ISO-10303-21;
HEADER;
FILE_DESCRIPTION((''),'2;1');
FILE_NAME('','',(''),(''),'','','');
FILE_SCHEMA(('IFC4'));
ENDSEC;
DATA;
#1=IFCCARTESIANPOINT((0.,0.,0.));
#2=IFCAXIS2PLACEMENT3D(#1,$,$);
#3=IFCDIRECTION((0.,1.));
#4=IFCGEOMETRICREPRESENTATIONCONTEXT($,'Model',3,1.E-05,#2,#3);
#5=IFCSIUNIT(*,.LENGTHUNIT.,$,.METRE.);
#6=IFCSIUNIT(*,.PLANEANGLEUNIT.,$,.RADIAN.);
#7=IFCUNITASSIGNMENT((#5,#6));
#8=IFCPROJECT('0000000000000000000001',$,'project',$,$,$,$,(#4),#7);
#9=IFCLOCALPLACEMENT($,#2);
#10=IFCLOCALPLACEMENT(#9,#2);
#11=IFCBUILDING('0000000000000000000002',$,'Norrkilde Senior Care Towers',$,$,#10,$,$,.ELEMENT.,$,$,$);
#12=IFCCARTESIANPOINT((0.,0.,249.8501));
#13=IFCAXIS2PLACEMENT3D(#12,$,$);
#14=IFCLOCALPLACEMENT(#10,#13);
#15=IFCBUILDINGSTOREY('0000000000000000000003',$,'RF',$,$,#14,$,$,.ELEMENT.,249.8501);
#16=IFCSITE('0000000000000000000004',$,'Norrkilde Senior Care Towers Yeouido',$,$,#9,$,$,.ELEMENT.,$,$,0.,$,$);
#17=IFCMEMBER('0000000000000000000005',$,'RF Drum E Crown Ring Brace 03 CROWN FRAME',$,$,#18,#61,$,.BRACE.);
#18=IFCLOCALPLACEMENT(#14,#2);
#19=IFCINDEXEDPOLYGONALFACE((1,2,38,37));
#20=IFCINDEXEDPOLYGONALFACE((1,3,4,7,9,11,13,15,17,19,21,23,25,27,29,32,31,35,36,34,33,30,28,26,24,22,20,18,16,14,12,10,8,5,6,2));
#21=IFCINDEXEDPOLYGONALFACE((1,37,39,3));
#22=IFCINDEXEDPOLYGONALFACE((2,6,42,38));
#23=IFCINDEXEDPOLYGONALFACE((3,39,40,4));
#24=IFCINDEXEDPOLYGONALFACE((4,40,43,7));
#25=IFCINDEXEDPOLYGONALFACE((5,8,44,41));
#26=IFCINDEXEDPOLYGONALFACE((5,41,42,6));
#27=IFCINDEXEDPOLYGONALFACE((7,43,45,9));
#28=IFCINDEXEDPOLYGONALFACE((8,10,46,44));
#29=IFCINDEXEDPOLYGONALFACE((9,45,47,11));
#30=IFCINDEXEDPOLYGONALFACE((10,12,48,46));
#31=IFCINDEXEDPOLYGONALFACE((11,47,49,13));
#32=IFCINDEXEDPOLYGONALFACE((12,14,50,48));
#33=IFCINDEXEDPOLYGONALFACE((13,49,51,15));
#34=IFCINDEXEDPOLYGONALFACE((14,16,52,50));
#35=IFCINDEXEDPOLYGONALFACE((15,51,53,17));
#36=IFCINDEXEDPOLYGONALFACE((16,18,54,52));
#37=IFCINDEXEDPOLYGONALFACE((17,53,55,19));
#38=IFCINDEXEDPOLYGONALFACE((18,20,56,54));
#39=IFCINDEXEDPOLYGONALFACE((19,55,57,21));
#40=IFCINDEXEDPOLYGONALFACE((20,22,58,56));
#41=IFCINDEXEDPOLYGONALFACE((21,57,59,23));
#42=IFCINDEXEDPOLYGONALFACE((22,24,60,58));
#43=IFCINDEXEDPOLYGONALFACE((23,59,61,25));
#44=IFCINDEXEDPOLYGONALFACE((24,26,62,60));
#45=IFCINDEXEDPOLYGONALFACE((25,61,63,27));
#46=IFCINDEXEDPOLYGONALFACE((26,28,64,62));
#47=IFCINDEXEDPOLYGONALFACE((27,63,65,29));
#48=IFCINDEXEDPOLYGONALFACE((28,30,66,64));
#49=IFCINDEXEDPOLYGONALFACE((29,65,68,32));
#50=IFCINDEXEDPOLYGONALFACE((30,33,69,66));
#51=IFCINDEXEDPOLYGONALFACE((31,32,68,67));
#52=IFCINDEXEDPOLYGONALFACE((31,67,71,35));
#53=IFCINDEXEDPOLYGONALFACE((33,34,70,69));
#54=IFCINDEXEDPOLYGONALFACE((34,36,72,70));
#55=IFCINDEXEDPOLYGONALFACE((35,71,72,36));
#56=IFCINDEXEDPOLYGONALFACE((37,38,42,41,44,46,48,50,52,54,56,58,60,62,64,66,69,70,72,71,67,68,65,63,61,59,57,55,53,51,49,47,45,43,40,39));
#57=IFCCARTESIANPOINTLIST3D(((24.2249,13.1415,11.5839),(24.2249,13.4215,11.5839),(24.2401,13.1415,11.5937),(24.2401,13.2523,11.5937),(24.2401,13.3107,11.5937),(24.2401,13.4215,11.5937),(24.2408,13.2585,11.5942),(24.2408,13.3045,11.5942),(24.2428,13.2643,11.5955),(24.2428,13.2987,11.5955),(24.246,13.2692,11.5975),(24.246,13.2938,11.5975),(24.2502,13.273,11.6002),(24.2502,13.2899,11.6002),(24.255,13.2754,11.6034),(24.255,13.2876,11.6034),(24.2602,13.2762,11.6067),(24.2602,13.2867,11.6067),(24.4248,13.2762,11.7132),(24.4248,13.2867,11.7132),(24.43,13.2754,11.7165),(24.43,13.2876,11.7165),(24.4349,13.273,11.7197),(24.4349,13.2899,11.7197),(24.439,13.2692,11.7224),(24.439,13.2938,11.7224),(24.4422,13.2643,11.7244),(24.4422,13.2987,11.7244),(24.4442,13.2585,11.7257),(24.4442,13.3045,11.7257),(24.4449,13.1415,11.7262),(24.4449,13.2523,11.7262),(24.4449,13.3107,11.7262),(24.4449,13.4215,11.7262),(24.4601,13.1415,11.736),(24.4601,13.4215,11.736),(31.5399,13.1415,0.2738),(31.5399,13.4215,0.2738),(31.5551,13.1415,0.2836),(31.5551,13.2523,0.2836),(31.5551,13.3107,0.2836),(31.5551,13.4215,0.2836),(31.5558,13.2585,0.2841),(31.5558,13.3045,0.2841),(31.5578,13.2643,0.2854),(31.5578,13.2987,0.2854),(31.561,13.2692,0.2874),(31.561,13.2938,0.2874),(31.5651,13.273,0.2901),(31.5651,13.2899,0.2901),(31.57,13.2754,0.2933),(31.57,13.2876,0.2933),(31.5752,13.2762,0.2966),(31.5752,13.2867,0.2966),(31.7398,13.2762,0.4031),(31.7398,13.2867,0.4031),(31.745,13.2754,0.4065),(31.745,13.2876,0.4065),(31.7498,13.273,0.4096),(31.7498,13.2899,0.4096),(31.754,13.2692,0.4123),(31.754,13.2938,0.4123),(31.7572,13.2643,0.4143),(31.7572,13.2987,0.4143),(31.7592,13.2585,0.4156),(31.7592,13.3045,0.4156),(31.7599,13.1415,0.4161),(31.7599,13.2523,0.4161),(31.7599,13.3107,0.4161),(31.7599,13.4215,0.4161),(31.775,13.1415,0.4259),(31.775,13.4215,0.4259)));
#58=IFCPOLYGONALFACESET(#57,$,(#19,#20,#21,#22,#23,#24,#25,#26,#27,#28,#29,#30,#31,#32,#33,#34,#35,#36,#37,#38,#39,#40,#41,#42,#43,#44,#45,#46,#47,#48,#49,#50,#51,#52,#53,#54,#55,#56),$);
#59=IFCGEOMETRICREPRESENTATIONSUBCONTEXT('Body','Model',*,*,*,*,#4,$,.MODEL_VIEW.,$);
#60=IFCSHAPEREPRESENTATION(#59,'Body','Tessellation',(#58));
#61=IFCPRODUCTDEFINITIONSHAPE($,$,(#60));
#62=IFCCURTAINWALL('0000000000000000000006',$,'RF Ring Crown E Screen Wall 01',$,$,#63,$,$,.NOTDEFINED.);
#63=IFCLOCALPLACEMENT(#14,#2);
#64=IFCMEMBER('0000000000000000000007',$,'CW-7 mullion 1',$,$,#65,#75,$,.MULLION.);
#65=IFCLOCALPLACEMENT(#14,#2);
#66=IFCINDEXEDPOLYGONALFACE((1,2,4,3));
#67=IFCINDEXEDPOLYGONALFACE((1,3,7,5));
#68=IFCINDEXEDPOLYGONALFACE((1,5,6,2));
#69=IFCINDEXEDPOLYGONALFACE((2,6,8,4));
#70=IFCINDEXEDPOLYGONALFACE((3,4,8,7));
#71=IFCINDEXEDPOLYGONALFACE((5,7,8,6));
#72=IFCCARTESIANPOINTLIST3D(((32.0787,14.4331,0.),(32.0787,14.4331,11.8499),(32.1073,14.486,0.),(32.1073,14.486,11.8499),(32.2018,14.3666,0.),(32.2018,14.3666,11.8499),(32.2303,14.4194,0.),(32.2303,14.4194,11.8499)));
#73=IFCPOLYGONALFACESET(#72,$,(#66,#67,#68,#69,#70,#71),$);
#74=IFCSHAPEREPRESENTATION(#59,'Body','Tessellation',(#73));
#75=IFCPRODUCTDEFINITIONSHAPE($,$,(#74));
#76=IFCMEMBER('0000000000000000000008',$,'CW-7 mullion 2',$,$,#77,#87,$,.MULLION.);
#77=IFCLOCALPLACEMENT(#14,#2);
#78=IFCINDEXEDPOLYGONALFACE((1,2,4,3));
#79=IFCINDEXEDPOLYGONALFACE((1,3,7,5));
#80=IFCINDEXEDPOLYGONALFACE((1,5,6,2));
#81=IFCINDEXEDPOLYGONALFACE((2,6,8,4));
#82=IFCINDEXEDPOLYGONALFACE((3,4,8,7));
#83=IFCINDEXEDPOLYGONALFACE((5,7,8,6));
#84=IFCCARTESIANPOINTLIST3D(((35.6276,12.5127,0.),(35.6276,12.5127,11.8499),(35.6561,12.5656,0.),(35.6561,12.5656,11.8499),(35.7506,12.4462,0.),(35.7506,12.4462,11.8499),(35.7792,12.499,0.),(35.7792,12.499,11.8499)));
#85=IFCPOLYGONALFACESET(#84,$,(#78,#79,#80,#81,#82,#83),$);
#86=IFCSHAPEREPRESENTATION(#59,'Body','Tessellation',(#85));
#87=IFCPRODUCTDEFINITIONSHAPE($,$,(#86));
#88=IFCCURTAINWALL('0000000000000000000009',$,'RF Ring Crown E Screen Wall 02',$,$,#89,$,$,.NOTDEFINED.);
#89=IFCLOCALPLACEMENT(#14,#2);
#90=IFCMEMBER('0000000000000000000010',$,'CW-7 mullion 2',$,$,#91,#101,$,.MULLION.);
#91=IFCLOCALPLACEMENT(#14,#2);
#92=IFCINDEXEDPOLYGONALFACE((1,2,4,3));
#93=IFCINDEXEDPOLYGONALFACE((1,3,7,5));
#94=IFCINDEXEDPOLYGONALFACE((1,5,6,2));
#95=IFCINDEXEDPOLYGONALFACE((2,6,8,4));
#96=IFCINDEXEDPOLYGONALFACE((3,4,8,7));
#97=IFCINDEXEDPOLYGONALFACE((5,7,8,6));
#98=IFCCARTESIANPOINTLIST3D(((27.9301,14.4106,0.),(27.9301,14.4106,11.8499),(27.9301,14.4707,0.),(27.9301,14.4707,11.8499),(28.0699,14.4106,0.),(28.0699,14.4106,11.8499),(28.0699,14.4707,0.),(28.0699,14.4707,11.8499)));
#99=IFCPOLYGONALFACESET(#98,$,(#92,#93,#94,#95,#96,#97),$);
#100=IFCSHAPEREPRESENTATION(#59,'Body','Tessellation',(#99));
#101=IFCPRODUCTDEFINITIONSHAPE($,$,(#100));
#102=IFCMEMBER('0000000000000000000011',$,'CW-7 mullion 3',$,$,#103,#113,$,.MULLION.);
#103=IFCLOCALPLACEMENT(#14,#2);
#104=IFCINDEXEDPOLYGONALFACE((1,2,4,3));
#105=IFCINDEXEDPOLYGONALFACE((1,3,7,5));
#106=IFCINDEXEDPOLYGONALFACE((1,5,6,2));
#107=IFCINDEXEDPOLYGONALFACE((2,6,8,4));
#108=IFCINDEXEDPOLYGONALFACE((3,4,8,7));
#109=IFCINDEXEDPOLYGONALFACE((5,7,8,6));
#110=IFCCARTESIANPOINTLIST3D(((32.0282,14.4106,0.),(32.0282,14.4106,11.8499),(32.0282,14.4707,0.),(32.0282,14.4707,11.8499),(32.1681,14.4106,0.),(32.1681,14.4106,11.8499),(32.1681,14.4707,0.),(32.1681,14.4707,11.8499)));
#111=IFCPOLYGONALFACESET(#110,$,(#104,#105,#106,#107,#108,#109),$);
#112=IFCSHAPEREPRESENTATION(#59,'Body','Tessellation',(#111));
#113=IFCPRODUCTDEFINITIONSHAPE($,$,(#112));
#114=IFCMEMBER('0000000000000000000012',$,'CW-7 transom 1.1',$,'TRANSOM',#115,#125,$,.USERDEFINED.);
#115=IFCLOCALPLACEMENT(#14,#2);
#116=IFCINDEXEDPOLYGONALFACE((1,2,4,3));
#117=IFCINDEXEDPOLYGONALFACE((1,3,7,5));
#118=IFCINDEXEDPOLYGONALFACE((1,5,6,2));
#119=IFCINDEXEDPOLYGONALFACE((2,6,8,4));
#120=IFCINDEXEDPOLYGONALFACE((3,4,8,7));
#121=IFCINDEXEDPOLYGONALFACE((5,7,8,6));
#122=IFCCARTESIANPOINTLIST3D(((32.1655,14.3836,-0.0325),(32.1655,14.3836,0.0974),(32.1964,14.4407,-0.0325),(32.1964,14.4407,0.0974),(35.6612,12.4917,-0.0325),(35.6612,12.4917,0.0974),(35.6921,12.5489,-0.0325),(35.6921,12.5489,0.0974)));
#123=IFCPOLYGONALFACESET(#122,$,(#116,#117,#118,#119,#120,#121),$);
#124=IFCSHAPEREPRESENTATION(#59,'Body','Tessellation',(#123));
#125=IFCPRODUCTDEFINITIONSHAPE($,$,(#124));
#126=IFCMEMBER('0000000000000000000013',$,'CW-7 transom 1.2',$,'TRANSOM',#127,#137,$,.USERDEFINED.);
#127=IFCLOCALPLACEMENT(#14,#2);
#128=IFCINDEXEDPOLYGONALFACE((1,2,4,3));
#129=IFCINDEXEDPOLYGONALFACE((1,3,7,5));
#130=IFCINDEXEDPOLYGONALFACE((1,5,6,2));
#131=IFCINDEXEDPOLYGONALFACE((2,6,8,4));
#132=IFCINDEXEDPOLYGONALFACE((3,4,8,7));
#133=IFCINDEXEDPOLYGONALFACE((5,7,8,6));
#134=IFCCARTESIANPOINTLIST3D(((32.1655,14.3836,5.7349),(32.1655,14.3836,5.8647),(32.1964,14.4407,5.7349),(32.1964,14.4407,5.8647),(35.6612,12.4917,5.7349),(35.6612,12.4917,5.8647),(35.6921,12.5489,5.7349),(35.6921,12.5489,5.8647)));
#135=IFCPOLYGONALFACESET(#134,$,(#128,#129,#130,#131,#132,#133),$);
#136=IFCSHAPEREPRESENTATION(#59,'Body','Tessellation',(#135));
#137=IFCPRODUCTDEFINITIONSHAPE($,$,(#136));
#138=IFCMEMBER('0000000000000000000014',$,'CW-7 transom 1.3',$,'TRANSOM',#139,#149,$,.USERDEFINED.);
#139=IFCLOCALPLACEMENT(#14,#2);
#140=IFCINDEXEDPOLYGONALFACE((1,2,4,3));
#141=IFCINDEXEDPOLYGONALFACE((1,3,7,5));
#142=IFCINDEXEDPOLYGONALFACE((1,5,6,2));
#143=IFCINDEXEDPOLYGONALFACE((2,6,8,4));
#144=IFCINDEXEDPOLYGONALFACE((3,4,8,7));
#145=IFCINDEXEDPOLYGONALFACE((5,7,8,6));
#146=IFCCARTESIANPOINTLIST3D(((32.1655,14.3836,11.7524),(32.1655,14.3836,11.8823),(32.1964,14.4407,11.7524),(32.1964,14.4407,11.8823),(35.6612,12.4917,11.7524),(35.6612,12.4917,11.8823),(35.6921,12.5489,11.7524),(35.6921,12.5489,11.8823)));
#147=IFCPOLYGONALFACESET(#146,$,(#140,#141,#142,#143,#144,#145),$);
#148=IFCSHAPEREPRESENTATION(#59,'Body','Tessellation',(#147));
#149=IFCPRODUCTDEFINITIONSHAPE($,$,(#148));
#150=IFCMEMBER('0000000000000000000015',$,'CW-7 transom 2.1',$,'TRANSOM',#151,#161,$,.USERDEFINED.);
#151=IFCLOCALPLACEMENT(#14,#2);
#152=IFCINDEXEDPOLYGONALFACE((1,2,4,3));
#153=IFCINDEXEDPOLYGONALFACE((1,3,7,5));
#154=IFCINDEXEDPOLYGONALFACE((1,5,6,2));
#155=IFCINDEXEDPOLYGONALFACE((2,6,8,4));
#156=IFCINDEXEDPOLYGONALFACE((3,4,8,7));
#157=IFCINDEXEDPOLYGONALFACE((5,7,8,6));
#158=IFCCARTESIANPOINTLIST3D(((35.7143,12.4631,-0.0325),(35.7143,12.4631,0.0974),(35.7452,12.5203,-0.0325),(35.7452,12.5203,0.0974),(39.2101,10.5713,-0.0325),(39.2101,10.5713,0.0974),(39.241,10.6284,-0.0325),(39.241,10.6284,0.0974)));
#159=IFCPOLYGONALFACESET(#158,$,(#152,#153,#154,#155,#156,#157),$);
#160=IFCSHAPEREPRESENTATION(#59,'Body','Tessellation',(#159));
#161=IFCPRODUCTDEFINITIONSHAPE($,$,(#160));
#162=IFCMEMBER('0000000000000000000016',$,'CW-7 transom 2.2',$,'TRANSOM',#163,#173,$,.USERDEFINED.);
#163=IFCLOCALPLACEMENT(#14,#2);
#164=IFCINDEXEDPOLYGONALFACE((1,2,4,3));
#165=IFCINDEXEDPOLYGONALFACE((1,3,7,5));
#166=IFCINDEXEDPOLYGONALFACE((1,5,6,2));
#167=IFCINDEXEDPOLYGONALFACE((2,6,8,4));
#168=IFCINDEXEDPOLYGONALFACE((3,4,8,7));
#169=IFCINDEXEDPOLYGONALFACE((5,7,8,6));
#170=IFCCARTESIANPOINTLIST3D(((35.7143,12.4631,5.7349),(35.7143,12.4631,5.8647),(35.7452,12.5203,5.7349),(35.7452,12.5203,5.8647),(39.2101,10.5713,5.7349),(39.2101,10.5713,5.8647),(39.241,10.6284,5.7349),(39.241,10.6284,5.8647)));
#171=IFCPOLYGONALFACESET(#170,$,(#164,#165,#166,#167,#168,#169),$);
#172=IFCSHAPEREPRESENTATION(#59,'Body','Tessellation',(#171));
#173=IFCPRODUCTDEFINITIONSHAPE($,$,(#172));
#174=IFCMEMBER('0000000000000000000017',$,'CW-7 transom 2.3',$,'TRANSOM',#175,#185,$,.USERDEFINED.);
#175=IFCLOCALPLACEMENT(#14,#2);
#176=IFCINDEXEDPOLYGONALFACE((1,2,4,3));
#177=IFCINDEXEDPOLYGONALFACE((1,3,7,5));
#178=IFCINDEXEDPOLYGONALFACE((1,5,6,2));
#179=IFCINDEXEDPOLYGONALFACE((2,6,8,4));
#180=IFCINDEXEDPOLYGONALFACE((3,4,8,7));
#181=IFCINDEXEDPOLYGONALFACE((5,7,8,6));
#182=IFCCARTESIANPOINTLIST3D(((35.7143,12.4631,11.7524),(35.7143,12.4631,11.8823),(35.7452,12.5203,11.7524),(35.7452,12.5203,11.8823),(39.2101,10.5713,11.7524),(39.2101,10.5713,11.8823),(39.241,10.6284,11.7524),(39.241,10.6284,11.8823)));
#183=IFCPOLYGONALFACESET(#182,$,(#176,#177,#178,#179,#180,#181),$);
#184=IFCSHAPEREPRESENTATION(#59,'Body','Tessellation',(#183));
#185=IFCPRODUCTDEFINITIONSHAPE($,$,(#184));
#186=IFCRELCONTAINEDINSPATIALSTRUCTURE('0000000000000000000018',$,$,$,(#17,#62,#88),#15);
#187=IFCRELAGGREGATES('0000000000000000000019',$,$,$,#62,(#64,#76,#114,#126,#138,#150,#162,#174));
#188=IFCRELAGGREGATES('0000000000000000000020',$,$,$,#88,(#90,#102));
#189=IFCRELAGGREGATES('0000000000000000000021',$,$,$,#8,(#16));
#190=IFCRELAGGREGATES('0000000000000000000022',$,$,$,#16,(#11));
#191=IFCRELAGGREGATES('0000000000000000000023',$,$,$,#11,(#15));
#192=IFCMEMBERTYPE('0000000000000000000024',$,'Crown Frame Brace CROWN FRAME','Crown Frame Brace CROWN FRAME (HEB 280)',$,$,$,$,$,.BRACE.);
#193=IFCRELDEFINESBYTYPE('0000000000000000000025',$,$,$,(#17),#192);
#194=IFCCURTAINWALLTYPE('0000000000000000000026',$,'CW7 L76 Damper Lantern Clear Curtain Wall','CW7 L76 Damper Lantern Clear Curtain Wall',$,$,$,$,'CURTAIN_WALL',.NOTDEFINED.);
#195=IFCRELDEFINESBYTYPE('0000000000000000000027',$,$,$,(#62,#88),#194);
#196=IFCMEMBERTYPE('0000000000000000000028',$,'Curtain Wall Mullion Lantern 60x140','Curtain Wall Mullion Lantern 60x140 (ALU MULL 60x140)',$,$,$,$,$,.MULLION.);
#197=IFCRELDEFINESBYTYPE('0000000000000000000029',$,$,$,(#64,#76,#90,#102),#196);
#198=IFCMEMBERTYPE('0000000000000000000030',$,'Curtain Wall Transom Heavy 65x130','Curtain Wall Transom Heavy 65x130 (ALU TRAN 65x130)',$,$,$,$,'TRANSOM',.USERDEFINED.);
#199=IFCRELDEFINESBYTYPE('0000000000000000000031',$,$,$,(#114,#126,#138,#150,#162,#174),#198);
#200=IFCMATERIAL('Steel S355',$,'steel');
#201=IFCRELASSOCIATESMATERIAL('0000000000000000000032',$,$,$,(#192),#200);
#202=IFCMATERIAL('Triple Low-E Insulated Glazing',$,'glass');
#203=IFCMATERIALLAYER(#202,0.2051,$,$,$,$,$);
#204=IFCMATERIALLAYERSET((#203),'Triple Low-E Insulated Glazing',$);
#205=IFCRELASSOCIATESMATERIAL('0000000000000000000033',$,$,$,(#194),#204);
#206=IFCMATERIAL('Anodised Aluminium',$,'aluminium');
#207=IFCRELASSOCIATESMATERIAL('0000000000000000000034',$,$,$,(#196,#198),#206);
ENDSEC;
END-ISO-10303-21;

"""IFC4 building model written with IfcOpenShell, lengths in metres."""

from ifc_helpers import new_model, si_unit, direction, frame, origin, origin_2d, place, context, subcontext, project, spatial, rectangle, i_section, extrude, source, transform, mapped, material, layer, layer_set, material_profile, profile_set, type_object, type_shapes, element, aggregate, save


model = new_model("IFC4")

# Units and contexts
model_context = context("Model", 3, precision=1e-05, world=origin(), true_north=direction((0.0, 1.0)))
body_context = subcontext(model_context, "Body", "Model", "MODEL_VIEW")
ifc_project = project(units=[si_unit("LENGTHUNIT", "METRE"), si_unit("PLANEANGLEUNIT", "RADIAN")], contexts=[model_context])

# Site, building, storey
site_placement = place(None, origin())
site = spatial("IfcSite", under=ifc_project, at=site_placement, Name="Norrkilde Senior Care Towers Yeouido", CompositionType="ELEMENT", RefElevation=0.0)
building_placement = place(site_placement, origin())
building = spatial("IfcBuilding", under=site, at=building_placement, Name="Norrkilde Senior Care Towers", CompositionType="ELEMENT")
storey_placement = place(building_placement, frame((0.0, 0.0, 249.8501)))
storey = spatial("IfcBuildingStorey", under=building, at=storey_placement, Name="RF", CompositionType="ELEMENT", Elevation=249.8501)

# Shared definitions
ifc_material_1 = material(Name="Steel S355", Category="steel")

# Member
ifc_material_profile_1 = material_profile(ifc_material_1, i_section(OverallWidth=0.28, OverallDepth=0.28, WebThickness=0.0105, FlangeThickness=0.0181, FilletRadius=0.0239, at=origin_2d()), Name="HEB 280")
ifc_profile_set_1 = profile_set([ifc_material_profile_1], Name="Steel S355")
member_type_1 = type_object("IfcMemberType", Name="Crown Frame Brace CROWN FRAME", Description="Crown Frame Brace CROWN FRAME (HEB 280)", PredefinedType="BRACE", material=ifc_profile_set_1)
shared_shape_1 = source(origin(), body_context, "Body", "SweptSolid", [
    extrude(i_section(OverallWidth=0.28, OverallDepth=0.28, WebThickness=0.0105, FlangeThickness=0.0181, FilletRadius=0.0239, at=origin_2d()), origin(), (0.0, 0.0, 1.0), 13.4695),
])
type_shapes(member_type_1, [shared_shape_1])
member_1_placement = place(storey_placement, frame((31.6575, 13.2815, 0.3499), z_axis=(-0.543077, 0.0, 0.839683), x_axis=(0.0, -1.0, 0.0)))
element("IfcMember", 1, at=member_1_placement, inside=storey, type_object=member_type_1, Name="RF Drum E Crown Ring Brace 03 CROWN FRAME", PredefinedType="BRACE", context=body_context, shape_type="MappedRepresentation", body=[
    mapped(shared_shape_1, transform((0.0, 0.0, 0.0), x_axis=(1.0, 0.0, 0.0), y_axis=(0.0, 1.0, 0.0), z_axis=(0.0, 0.0, 1.0), scale=1.0)),
])

# Curtain walls, members
ifc_material_2 = material(Name="Triple Low-E Insulated Glazing", Category="glass")
ifc_layer_1 = layer(ifc_material_2, 0.2051)
ifc_layer_set_1 = layer_set([ifc_layer_1], Name="Triple Low-E Insulated Glazing")
curtain_wall_type = type_object("IfcCurtainWallType", Name="CW7 L76 Damper Lantern Clear Curtain Wall", Description="CW7 L76 Damper Lantern Clear Curtain Wall", ElementType="CURTAIN_WALL", PredefinedType="NOTDEFINED", material=ifc_layer_set_1)
curtain_wall_1_placement = place(storey_placement, origin())
curtain_wall_1 = element("IfcCurtainWall", 2, at=curtain_wall_1_placement, inside=storey, type_object=curtain_wall_type, Name="RF Ring Crown E Screen Wall 01", PredefinedType="NOTDEFINED")
ifc_material_3 = material(Name="Anodised Aluminium", Category="aluminium")
ifc_material_profile_2 = material_profile(ifc_material_3, rectangle(XDim=0.0601, YDim=0.1399, at=origin_2d()), Name="ALU MULL 60x140")
ifc_profile_set_2 = profile_set([ifc_material_profile_2], Name="Anodised Aluminium")
member_type_2 = type_object("IfcMemberType", Name="Curtain Wall Mullion Lantern 60x140", Description="Curtain Wall Mullion Lantern 60x140 (ALU MULL 60x140)", PredefinedType="MULLION", material=ifc_profile_set_2)
shared_shape_2 = source(origin(), body_context, "Body", "SweptSolid", [
    extrude(rectangle(XDim=0.0601, YDim=0.1399, at=origin_2d()), origin(), (0.0, 0.0, 1.0), 11.8499),
])
type_shapes(member_type_2, [shared_shape_2])
member_2_placement = place(storey_placement, frame((32.1545, 14.4263, 0.0), z_axis=(0.0, 0.0, 1.0), x_axis=(0.475934, 0.879481, 0.0)))
member_2 = element("IfcMember", 3, at=member_2_placement, type_object=member_type_2, Name="CW-7 mullion 1", PredefinedType="MULLION", context=body_context, shape_type="MappedRepresentation", body=[
    mapped(shared_shape_2, transform((0.0, 0.0, 0.0), x_axis=(1.0, 0.0, 0.0), y_axis=(0.0, 1.0, 0.0), z_axis=(0.0, 0.0, 1.0), scale=1.0)),
])
member_3_placement = place(storey_placement, frame((35.7034, 12.5059, 0.0), z_axis=(0.0, 0.0, 1.0), x_axis=(0.475934, 0.879481, 0.0)))
member_3 = element("IfcMember", 4, at=member_3_placement, type_object=member_type_2, Name="CW-7 mullion 2", PredefinedType="MULLION", context=body_context, shape_type="MappedRepresentation", body=[
    mapped(shared_shape_2, transform((0.0, 0.0, 0.0), x_axis=(1.0, 0.0, 0.0), y_axis=(0.0, 1.0, 0.0), z_axis=(0.0, 0.0, 1.0), scale=1.0)),
])
curtain_wall_2_placement = place(storey_placement, origin())
curtain_wall_2 = element("IfcCurtainWall", 5, at=curtain_wall_2_placement, inside=storey, type_object=curtain_wall_type, Name="RF Ring Crown E Screen Wall 02", PredefinedType="NOTDEFINED")
member_4_placement = place(storey_placement, frame((28.0, 14.4407, 0.0), z_axis=(0.0, 0.0, 1.0), x_axis=(0.0, 1.0, 0.0)))
member_4 = element("IfcMember", 6, at=member_4_placement, type_object=member_type_2, Name="CW-7 mullion 2", PredefinedType="MULLION", context=body_context, shape_type="MappedRepresentation", body=[
    mapped(shared_shape_2, transform((0.0, 0.0, 0.0), x_axis=(1.0, 0.0, 0.0), y_axis=(0.0, 1.0, 0.0), z_axis=(0.0, 0.0, 1.0), scale=1.0)),
])
member_5_placement = place(storey_placement, frame((32.0981, 14.4407, 0.0), z_axis=(0.0, 0.0, 1.0), x_axis=(0.0, 1.0, 0.0)))
member_5 = element("IfcMember", 7, at=member_5_placement, type_object=member_type_2, Name="CW-7 mullion 3", PredefinedType="MULLION", context=body_context, shape_type="MappedRepresentation", body=[
    mapped(shared_shape_2, transform((0.0, 0.0, 0.0), x_axis=(1.0, 0.0, 0.0), y_axis=(0.0, 1.0, 0.0), z_axis=(0.0, 0.0, 1.0), scale=1.0)),
])

# Members
ifc_material_profile_3 = material_profile(ifc_material_3, rectangle(XDim=0.0649, YDim=0.1299, at=origin_2d()), Name="ALU TRAN 65x130")
ifc_profile_set_3 = profile_set([ifc_material_profile_3], Name="Anodised Aluminium")
member_type_3 = type_object("IfcMemberType", Name="Curtain Wall Transom Heavy 65x130", Description="Curtain Wall Transom Heavy 65x130 (ALU TRAN 65x130)", ElementType="TRANSOM", PredefinedType="USERDEFINED", material=ifc_profile_set_3)
shared_shape_3 = source(origin(), body_context, "Body", "SweptSolid", [
    extrude(rectangle(XDim=0.0649, YDim=0.1299, at=origin_2d()), origin(), (0.0, 0.0, 1.0), 3.9749),
])
member_6_placement = place(storey_placement, frame((32.1809, 14.4121, 0.0325), z_axis=(0.879475, -0.475945, 0.0), x_axis=(0.475945, 0.879475, 0.0)))
member_6 = element("IfcMember", 8, at=member_6_placement, type_object=member_type_3, Name="CW-7 transom 1.1", ObjectType="TRANSOM", PredefinedType="USERDEFINED", context=body_context, shape_type="MappedRepresentation", body=[
    mapped(shared_shape_3, transform((0.0, 0.0, 0.0), x_axis=(1.0, 0.0, 0.0), y_axis=(0.0, 1.0, 0.0), z_axis=(0.0, 0.0, 1.0), scale=1.0)),
])
member_7_placement = place(storey_placement, frame((32.1809, 14.4121, 5.7998), z_axis=(0.879475, -0.475945, 0.0), x_axis=(0.475945, 0.879475, 0.0)))
member_7 = element("IfcMember", 9, at=member_7_placement, type_object=member_type_3, Name="CW-7 transom 1.2", ObjectType="TRANSOM", PredefinedType="USERDEFINED", context=body_context, shape_type="MappedRepresentation", body=[
    mapped(shared_shape_3, transform((0.0, 0.0, 0.0), x_axis=(1.0, 0.0, 0.0), y_axis=(0.0, 1.0, 0.0), z_axis=(0.0, 0.0, 1.0), scale=1.0)),
])
member_8_placement = place(storey_placement, frame((32.1809, 14.4121, 11.8174), z_axis=(0.879475, -0.475945, 0.0), x_axis=(0.475945, 0.879475, 0.0)))
member_8 = element("IfcMember", 10, at=member_8_placement, type_object=member_type_3, Name="CW-7 transom 1.3", ObjectType="TRANSOM", PredefinedType="USERDEFINED", context=body_context, shape_type="MappedRepresentation", body=[
    mapped(shared_shape_3, transform((0.0, 0.0, 0.0), x_axis=(1.0, 0.0, 0.0), y_axis=(0.0, 1.0, 0.0), z_axis=(0.0, 0.0, 1.0), scale=1.0)),
])
member_9_placement = place(storey_placement, frame((35.7297, 12.4917, 0.0325), z_axis=(0.879475, -0.475945, 0.0), x_axis=(0.475945, 0.879475, 0.0)))
member_9 = element("IfcMember", 11, at=member_9_placement, type_object=member_type_3, Name="CW-7 transom 2.1", ObjectType="TRANSOM", PredefinedType="USERDEFINED", context=body_context, shape_type="MappedRepresentation", body=[
    mapped(shared_shape_3, transform((0.0, 0.0, 0.0), x_axis=(1.0, 0.0, 0.0), y_axis=(0.0, 1.0, 0.0), z_axis=(0.0, 0.0, 1.0), scale=1.0)),
])
member_10_placement = place(storey_placement, frame((35.7297, 12.4917, 5.7998), z_axis=(0.879475, -0.475945, 0.0), x_axis=(0.475945, 0.879475, 0.0)))
member_10 = element("IfcMember", 12, at=member_10_placement, type_object=member_type_3, Name="CW-7 transom 2.2", ObjectType="TRANSOM", PredefinedType="USERDEFINED", context=body_context, shape_type="MappedRepresentation", body=[
    mapped(shared_shape_3, transform((0.0, 0.0, 0.0), x_axis=(1.0, 0.0, 0.0), y_axis=(0.0, 1.0, 0.0), z_axis=(0.0, 0.0, 1.0), scale=1.0)),
])
member_11_placement = place(storey_placement, frame((35.7297, 12.4917, 11.8174), z_axis=(0.879475, -0.475945, 0.0), x_axis=(0.475945, 0.879475, 0.0)))
member_11 = element("IfcMember", 13, at=member_11_placement, type_object=member_type_3, Name="CW-7 transom 2.3", ObjectType="TRANSOM", PredefinedType="USERDEFINED", context=body_context, shape_type="MappedRepresentation", body=[
    mapped(shared_shape_3, transform((0.0, 0.0, 0.0), x_axis=(1.0, 0.0, 0.0), y_axis=(0.0, 1.0, 0.0), z_axis=(0.0, 0.0, 1.0), scale=1.0)),
])

aggregate(curtain_wall_1, [member_2, member_3, member_6, member_7, member_8, member_9, member_10, member_11])
aggregate(curtain_wall_2, [member_4, member_5])

save(model, "model.ifc")
